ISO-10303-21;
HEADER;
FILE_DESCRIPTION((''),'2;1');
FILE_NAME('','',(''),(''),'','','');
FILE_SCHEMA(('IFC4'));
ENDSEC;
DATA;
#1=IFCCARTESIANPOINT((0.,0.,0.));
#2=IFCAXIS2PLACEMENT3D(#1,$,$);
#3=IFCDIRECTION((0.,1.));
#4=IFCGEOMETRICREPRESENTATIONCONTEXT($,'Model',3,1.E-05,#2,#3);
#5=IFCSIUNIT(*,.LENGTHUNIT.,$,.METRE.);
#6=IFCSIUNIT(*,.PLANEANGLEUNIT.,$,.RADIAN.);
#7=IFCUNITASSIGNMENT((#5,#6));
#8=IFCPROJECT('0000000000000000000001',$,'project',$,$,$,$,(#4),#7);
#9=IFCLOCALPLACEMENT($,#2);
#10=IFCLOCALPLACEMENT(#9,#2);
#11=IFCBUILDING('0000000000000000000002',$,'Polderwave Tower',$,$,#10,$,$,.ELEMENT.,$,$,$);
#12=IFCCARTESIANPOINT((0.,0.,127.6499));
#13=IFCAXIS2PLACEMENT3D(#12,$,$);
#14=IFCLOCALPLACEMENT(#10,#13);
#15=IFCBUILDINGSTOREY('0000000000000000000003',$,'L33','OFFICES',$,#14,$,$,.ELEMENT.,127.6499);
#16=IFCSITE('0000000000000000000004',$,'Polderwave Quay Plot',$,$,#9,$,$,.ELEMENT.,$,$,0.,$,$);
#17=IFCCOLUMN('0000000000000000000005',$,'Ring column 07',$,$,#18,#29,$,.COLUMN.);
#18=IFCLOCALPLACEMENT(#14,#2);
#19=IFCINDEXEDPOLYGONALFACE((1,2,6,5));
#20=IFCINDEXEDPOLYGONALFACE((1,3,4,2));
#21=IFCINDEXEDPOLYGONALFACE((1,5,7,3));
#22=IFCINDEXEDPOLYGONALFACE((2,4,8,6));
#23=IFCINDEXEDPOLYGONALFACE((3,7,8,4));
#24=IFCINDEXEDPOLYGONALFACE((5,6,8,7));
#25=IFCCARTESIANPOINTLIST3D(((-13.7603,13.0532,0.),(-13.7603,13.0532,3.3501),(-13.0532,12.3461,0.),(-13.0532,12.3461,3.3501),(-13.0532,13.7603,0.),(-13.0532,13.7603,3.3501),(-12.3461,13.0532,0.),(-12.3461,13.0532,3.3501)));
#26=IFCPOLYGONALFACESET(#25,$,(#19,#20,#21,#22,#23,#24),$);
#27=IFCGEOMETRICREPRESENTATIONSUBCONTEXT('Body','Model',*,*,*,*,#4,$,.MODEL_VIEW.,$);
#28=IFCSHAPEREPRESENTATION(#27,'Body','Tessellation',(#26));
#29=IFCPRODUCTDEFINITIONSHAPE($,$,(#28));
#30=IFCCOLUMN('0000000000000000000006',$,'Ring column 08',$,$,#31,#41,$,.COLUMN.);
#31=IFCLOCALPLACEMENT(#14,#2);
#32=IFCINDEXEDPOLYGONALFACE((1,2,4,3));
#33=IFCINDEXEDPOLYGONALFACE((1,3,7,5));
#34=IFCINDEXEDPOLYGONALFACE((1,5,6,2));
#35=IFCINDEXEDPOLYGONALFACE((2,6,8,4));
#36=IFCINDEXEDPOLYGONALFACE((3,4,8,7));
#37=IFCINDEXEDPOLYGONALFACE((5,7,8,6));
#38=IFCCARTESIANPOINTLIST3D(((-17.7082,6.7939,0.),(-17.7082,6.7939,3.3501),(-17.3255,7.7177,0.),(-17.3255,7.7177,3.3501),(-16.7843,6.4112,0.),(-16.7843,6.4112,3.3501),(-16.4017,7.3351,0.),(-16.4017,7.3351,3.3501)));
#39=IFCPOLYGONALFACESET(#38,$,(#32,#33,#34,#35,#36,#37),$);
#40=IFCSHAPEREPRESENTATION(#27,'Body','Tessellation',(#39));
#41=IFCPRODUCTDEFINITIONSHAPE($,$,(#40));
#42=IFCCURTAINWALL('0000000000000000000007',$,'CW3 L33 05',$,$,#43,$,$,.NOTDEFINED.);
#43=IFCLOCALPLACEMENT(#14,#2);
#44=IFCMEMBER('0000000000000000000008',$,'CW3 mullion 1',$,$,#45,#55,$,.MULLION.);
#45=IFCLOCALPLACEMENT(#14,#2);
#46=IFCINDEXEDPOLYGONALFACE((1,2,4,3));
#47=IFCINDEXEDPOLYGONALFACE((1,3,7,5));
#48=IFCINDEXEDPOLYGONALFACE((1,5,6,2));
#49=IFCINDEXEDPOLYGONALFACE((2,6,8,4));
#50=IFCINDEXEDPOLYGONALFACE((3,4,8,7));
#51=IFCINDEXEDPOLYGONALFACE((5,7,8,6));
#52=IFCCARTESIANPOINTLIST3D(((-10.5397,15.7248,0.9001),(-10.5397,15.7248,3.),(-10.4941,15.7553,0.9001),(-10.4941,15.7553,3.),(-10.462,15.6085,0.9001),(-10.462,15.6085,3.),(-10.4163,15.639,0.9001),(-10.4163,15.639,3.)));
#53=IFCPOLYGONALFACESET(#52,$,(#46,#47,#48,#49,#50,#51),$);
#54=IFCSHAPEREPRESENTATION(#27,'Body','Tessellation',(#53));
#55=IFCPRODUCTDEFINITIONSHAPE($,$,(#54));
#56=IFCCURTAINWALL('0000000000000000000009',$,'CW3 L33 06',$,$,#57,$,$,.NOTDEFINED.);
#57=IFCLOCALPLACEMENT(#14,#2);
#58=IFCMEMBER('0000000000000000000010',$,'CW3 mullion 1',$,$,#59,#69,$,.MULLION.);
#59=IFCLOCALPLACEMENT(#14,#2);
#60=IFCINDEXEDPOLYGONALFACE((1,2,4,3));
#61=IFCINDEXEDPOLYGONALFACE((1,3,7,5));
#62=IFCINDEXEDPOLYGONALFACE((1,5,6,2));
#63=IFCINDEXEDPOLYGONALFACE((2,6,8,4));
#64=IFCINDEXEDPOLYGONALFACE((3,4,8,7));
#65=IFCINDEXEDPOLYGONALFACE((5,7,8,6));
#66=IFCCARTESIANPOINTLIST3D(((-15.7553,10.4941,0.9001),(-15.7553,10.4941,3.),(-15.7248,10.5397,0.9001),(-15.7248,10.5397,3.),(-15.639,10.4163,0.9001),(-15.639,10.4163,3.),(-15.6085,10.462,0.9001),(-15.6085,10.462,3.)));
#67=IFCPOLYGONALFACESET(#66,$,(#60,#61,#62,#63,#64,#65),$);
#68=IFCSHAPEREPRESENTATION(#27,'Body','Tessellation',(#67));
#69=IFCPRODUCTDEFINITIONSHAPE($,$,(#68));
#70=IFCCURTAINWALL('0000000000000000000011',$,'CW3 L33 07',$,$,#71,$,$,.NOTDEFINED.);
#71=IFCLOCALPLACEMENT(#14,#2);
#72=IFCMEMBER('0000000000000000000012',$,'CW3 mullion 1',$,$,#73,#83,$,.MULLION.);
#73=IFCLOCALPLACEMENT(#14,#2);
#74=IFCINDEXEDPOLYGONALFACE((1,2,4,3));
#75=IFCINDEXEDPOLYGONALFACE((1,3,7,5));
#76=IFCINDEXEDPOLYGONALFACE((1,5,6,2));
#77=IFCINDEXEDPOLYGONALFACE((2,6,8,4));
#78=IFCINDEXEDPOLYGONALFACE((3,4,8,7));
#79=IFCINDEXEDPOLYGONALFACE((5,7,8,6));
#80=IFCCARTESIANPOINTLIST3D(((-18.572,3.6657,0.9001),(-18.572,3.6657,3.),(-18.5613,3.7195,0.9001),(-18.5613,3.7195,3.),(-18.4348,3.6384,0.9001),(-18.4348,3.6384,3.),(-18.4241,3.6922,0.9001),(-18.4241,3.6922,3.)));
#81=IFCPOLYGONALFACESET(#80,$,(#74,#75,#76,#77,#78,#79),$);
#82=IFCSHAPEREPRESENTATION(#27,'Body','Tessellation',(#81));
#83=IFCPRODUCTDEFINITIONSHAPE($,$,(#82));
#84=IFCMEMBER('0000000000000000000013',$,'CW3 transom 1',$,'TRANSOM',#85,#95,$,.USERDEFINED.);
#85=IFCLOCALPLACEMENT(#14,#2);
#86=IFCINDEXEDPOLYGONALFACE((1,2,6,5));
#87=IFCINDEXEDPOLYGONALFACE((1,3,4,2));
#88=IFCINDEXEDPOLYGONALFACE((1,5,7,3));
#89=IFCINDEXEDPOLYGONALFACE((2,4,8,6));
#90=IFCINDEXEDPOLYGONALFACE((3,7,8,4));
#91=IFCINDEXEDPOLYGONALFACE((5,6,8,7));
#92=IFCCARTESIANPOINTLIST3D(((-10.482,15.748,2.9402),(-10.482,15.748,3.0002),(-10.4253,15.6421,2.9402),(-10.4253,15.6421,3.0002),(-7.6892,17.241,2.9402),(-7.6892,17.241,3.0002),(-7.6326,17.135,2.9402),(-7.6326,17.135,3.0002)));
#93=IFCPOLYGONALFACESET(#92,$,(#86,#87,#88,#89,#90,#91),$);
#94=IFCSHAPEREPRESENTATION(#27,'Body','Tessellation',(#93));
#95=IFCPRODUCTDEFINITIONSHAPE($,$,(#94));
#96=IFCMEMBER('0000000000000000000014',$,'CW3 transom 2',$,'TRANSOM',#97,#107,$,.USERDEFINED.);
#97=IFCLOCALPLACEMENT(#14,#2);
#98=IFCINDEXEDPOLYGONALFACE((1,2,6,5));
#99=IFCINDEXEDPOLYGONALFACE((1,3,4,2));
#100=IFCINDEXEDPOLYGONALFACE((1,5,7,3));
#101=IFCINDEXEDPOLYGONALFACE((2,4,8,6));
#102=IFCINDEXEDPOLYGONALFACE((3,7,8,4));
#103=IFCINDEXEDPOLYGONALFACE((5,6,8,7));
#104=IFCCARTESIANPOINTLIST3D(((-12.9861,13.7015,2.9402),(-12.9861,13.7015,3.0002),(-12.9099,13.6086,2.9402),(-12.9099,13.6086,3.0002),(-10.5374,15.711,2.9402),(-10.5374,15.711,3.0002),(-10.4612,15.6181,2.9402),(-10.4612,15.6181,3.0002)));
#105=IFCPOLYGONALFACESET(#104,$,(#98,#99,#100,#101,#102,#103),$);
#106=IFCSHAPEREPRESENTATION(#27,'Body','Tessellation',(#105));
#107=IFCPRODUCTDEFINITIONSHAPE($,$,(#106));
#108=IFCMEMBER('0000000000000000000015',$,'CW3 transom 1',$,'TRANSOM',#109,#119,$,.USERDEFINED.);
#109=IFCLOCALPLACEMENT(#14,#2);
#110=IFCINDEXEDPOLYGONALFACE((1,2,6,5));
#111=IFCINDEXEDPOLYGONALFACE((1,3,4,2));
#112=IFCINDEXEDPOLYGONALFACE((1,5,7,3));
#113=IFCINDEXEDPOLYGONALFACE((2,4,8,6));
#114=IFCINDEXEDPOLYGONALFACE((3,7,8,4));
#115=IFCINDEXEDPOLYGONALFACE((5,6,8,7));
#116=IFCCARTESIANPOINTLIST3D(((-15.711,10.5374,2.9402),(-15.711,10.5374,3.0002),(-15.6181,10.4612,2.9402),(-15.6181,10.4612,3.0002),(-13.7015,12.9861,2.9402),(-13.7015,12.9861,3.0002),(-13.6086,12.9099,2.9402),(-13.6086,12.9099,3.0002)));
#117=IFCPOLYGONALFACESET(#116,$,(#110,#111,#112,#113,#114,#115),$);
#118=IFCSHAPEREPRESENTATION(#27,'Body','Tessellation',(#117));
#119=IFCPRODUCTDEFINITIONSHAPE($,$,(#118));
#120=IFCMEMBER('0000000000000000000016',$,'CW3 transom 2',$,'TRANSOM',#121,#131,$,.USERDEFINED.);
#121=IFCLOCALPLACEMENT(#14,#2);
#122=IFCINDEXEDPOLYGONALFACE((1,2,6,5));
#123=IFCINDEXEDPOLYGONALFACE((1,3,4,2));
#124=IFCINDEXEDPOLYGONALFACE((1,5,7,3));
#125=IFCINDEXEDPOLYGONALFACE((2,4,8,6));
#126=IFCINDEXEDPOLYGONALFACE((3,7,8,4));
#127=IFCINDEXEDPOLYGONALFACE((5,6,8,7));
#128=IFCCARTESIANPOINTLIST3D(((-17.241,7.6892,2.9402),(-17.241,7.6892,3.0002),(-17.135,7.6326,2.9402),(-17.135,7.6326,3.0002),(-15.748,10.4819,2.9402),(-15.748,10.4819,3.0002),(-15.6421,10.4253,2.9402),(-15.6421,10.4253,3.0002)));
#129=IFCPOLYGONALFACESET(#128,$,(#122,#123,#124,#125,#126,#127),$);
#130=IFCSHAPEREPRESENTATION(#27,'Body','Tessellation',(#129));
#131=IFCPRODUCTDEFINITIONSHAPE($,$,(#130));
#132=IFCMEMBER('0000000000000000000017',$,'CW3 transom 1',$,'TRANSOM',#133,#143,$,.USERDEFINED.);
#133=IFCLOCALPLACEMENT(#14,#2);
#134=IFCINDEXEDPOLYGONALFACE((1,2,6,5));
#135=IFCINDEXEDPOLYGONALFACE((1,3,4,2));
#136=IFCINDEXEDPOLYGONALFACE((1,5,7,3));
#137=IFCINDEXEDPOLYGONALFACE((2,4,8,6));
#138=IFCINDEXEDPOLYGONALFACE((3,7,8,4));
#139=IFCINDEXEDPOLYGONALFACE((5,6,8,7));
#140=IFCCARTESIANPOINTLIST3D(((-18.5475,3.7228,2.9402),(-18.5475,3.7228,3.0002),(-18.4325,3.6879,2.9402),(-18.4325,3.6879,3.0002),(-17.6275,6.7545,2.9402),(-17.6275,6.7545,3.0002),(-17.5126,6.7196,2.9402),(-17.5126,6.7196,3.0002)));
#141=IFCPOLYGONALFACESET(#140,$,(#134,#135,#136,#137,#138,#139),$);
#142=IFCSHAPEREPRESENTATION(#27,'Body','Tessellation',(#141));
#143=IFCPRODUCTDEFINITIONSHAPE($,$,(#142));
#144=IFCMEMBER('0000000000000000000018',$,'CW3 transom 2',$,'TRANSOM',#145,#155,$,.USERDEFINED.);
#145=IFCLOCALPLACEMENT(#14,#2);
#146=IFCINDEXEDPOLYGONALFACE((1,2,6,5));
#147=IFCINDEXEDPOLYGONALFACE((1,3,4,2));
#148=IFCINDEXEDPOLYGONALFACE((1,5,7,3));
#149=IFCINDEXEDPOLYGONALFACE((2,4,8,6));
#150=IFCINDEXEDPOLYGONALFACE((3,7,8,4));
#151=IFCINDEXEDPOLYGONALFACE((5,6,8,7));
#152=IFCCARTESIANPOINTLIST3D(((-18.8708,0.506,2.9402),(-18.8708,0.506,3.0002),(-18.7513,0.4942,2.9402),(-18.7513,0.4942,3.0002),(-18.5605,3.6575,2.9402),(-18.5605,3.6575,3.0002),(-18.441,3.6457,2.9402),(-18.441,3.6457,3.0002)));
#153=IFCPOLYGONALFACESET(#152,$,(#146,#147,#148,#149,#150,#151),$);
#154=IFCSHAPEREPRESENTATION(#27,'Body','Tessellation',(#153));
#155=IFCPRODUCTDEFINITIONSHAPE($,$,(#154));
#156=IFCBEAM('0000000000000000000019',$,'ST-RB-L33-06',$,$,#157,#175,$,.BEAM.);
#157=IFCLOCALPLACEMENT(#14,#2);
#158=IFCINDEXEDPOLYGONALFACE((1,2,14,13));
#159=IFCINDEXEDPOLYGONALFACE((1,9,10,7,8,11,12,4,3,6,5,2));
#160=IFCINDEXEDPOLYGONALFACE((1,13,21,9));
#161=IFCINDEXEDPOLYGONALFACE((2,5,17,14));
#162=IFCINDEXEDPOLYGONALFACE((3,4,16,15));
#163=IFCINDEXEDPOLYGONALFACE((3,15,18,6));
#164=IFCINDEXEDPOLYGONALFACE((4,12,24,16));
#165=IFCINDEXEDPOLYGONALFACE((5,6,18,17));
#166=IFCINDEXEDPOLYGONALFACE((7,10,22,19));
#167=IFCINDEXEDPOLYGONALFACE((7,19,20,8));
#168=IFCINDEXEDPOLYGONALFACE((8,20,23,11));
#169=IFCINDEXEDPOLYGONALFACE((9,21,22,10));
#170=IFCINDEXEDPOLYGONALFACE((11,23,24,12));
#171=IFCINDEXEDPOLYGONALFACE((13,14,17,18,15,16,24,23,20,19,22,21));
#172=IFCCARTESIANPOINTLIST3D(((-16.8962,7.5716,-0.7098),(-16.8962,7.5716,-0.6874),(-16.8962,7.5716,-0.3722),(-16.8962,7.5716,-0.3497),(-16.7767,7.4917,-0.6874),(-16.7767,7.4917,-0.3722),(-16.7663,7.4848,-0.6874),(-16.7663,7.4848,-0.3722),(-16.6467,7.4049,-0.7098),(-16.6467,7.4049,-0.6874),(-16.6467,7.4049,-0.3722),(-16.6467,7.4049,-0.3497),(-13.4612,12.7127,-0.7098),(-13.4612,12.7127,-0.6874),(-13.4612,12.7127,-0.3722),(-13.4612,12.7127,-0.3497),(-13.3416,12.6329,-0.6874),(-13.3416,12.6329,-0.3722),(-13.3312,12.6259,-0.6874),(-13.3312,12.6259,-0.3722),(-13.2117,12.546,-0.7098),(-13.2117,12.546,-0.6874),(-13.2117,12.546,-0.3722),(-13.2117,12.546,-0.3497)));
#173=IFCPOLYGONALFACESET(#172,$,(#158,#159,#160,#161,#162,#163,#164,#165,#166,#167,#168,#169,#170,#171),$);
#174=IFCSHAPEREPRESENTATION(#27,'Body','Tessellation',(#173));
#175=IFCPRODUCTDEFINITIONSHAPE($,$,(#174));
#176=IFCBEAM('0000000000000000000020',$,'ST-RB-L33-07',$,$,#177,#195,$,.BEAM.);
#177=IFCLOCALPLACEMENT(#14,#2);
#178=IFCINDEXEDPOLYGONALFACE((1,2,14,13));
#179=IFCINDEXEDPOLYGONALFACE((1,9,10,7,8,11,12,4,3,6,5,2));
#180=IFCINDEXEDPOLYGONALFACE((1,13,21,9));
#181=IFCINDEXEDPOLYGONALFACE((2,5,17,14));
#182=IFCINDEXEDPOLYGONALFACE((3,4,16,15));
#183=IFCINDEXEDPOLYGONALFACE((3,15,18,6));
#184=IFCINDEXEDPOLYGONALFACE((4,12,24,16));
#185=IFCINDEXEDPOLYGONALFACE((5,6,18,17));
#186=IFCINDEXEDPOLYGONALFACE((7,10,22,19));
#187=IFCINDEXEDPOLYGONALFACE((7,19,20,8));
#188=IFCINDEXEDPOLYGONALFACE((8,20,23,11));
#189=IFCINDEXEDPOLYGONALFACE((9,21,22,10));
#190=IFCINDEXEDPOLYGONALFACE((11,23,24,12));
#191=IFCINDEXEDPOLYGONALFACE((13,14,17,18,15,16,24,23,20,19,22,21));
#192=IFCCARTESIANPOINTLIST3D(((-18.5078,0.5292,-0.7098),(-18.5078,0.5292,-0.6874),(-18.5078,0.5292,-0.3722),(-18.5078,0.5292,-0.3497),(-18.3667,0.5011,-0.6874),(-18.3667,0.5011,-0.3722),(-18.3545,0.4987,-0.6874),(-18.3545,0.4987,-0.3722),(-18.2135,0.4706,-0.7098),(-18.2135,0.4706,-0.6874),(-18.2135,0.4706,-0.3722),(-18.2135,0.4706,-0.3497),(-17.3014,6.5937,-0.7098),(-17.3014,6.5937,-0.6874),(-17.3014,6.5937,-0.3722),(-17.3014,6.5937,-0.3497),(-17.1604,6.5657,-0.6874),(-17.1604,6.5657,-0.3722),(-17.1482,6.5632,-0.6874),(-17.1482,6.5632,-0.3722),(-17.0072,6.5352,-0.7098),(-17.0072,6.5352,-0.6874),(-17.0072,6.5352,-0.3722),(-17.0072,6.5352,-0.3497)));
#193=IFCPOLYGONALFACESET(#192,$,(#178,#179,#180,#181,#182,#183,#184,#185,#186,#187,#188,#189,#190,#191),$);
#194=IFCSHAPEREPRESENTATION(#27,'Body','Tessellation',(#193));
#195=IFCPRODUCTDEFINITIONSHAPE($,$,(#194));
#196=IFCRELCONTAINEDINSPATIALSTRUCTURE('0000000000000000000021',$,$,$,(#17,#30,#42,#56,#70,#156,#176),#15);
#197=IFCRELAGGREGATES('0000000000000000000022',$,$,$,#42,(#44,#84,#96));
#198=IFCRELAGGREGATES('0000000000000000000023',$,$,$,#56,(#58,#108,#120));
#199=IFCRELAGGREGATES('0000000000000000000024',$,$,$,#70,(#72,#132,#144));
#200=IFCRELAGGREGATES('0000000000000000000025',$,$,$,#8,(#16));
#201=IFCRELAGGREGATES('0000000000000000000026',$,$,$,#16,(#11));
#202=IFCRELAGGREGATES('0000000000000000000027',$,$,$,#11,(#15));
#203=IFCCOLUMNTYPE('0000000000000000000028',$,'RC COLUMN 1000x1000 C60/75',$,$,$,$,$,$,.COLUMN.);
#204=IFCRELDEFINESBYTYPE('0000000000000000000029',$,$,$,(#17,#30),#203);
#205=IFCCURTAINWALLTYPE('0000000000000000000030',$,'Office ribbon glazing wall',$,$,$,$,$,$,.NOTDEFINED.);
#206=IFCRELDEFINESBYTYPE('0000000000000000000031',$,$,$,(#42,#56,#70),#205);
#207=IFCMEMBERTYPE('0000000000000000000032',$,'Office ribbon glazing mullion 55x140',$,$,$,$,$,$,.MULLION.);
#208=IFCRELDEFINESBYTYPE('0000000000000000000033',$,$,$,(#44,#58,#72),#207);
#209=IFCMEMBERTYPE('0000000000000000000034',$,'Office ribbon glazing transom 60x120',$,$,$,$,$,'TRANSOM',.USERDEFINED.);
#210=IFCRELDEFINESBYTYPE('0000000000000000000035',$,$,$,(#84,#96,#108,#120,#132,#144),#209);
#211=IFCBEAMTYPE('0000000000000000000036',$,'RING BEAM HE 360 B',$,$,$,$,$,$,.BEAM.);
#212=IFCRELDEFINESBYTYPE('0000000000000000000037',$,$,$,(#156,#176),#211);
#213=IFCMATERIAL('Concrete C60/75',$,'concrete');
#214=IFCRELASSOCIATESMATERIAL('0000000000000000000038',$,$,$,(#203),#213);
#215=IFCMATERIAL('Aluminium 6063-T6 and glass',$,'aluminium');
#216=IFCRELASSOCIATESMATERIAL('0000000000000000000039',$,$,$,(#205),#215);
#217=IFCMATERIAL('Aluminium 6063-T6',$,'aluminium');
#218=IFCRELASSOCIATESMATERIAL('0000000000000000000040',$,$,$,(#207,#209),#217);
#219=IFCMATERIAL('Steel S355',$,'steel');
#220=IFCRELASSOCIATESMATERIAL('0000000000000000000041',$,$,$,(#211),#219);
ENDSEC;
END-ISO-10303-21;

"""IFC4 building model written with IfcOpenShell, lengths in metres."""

from ifc_helpers import new_model, si_unit, direction, frame, origin, origin_2d, place, context, subcontext, project, spatial, rectangle, i_section, extrude, material, material_profile, profile_set, type_object, element, aggregate, save


model = new_model("IFC4")

# Units and contexts
model_context = context("Model", 3, precision=1e-05, world=origin(), true_north=direction((0.0, 1.0)))
body_context = subcontext(model_context, "Body", "Model", "MODEL_VIEW")
ifc_project = project(units=[si_unit("LENGTHUNIT", "METRE"), si_unit("PLANEANGLEUNIT", "RADIAN")], contexts=[model_context])

# Site, building, storey
site_placement = place(None, origin())
site = spatial("IfcSite", under=ifc_project, at=site_placement, Name="Polderwave Quay Plot", CompositionType="ELEMENT", RefElevation=0.0)
building_placement = place(site_placement, origin())
building = spatial("IfcBuilding", under=site, at=building_placement, Name="Polderwave Tower", CompositionType="ELEMENT")
storey_placement = place(building_placement, frame((0.0, 0.0, 127.6499)))
storey = spatial("IfcBuildingStorey", under=building, at=storey_placement, Name="L33", Description="OFFICES", CompositionType="ELEMENT", Elevation=127.6499)

# Columns
ifc_material_1 = material(Name="Concrete C60/75", Category="concrete")
ifc_material_profile_1 = material_profile(ifc_material_1, rectangle(XDim=1.0, YDim=1.0, at=origin_2d()), Name="RC 1000x1000")
ifc_profile_set_1 = profile_set([ifc_material_profile_1], Name="Concrete C60/75")
column_type = type_object("IfcColumnType", Name="RC COLUMN 1000x1000 C60/75", PredefinedType="COLUMN", material=ifc_profile_set_1)
for number, where, z_axis, x_axis, name in (
    (1, (-13.0532, 13.0532, 0.0), (0.0, 0.0, 1.0), (-0.707107, 0.707107, 0.0), "Ring column 07"),
    (2, (-17.0549, 7.0645, 0.0), (0.0, 0.0, 1.0), (-0.92388, 0.382683, 0.0), "Ring column 08"),
):
    element("IfcColumn", number, at=place(storey_placement, frame(where, z_axis=z_axis, x_axis=x_axis)), inside=storey, type_object=column_type, Name=name, PredefinedType="COLUMN", context=body_context, shape_type="SweptSolid", body=[
        extrude(rectangle(XDim=1.0, YDim=1.0, at=origin_2d()), origin(), (0.0, 0.0, 1.0), 3.3501),
    ])

# Curtain walls, members
ifc_material_2 = material(Name="Aluminium 6063-T6 and glass", Category="aluminium")
curtain_wall_type = type_object("IfcCurtainWallType", Name="Office ribbon glazing wall", PredefinedType="NOTDEFINED", material=ifc_material_2)
curtain_wall_1_placement = place(storey_placement, origin())
curtain_wall_1 = element("IfcCurtainWall", 3, at=curtain_wall_1_placement, inside=storey, type_object=curtain_wall_type, Name="CW3 L33 05", PredefinedType="NOTDEFINED")
ifc_material_3 = material(Name="Aluminium 6063-T6", Category="aluminium")
ifc_material_profile_2 = material_profile(ifc_material_3, rectangle(XDim=0.1399, YDim=0.0549, at=origin_2d()), Name="AL 55x140")
ifc_profile_set_2 = profile_set([ifc_material_profile_2], Name="Aluminium 6063-T6")
member_type_1 = type_object("IfcMemberType", Name="Office ribbon glazing mullion 55x140", PredefinedType="MULLION", material=ifc_profile_set_2)
member_1_placement = place(storey_placement, frame((-10.478, 15.6819, 0.9001), z_axis=(0.0, 0.0, 1.0), x_axis=(0.555595, -0.831453, 0.0)))
member_1 = element("IfcMember", 4, at=member_1_placement, type_object=member_type_1, Name="CW3 mullion 1", PredefinedType="MULLION", context=body_context, shape_type="SweptSolid", body=[
    extrude(rectangle(XDim=0.1399, YDim=0.0549, at=origin_2d()), origin(), (0.0, 0.0, 1.0), 2.0999),
])
curtain_wall_2_placement = place(storey_placement, origin())
curtain_wall_2 = element("IfcCurtainWall", 5, at=curtain_wall_2_placement, inside=storey, type_object=curtain_wall_type, Name="CW3 L33 06", PredefinedType="NOTDEFINED")
member_2_placement = place(storey_placement, frame((-15.6819, 10.478, 0.9001), z_axis=(0.0, 0.0, 1.0), x_axis=(0.831453, -0.555595, 0.0)))
member_2 = element("IfcMember", 6, at=member_2_placement, type_object=member_type_1, Name="CW3 mullion 1", PredefinedType="MULLION", context=body_context, shape_type="SweptSolid", body=[
    extrude(rectangle(XDim=0.1399, YDim=0.0549, at=origin_2d()), origin(), (0.0, 0.0, 1.0), 2.0999),
])
curtain_wall_3_placement = place(storey_placement, origin())
curtain_wall_3 = element("IfcCurtainWall", 7, at=curtain_wall_3_placement, inside=storey, type_object=curtain_wall_type, Name="CW3 L33 07", PredefinedType="NOTDEFINED")
member_3_placement = place(storey_placement, frame((-18.498, 3.679, 0.9001), z_axis=(0.0, 0.0, 1.0), x_axis=(0.980778, -0.195128, 0.0)))
member_3 = element("IfcMember", 8, at=member_3_placement, type_object=member_type_1, Name="CW3 mullion 1", PredefinedType="MULLION", context=body_context, shape_type="SweptSolid", body=[
    extrude(rectangle(XDim=0.1399, YDim=0.0549, at=origin_2d()), origin(), (0.0, 0.0, 1.0), 2.0999),
])

# Members
ifc_material_profile_3 = material_profile(ifc_material_3, rectangle(XDim=0.1201, YDim=0.0601, at=origin_2d()), Name="AL 60x120")
ifc_profile_set_3 = profile_set([ifc_material_profile_3], Name="Aluminium 6063-T6")
member_type_2 = type_object("IfcMemberType", Name="Office ribbon glazing transom 60x120", ElementType="TRANSOM", PredefinedType="USERDEFINED", material=ifc_profile_set_3)
member_4_placement = place(storey_placement, frame((-7.6609, 17.188, 2.9702), z_axis=(-0.881898, -0.47144, 0.0), x_axis=(0.47144, -0.881898, 0.0)))
member_4 = element("IfcMember", 9, at=member_4_placement, type_object=member_type_2, Name="CW3 transom 1", ObjectType="TRANSOM", PredefinedType="USERDEFINED", context=body_context, shape_type="SweptSolid", body=[
    extrude(rectangle(XDim=0.1201, YDim=0.0601, at=origin_2d()), origin(), (0.0, 0.0, 1.0), 3.1667),
])
member_5_placement = place(storey_placement, frame((-10.4993, 15.6646, 2.9702), z_axis=(-0.773026, -0.634374, 0.0), x_axis=(0.634374, -0.773026, 0.0)))
member_5 = element("IfcMember", 10, at=member_5_placement, type_object=member_type_2, Name="CW3 transom 2", ObjectType="TRANSOM", PredefinedType="USERDEFINED", context=body_context, shape_type="SweptSolid", body=[
    extrude(rectangle(XDim=0.1201, YDim=0.0601, at=origin_2d()), origin(), (0.0, 0.0, 1.0), 3.1677),
])
member_6_placement = place(storey_placement, frame((-13.655, 12.948, 2.9702), z_axis=(-0.634374, -0.773026, 0.0), x_axis=(0.773026, -0.634374, 0.0)))
member_6 = element("IfcMember", 11, at=member_6_placement, type_object=member_type_2, Name="CW3 transom 1", ObjectType="TRANSOM", PredefinedType="USERDEFINED", context=body_context, shape_type="SweptSolid", body=[
    extrude(rectangle(XDim=0.1201, YDim=0.0601, at=origin_2d()), origin(), (0.0, 0.0, 1.0), 3.1677),
])
member_7_placement = place(storey_placement, frame((-15.6951, 10.4536, 2.9702), z_axis=(-0.47144, -0.881898, 0.0), x_axis=(0.881898, -0.47144, 0.0)))
member_7 = element("IfcMember", 12, at=member_7_placement, type_object=member_type_2, Name="CW3 transom 2", ObjectType="TRANSOM", PredefinedType="USERDEFINED", context=body_context, shape_type="SweptSolid", body=[
    extrude(rectangle(XDim=0.1201, YDim=0.0601, at=origin_2d()), origin(), (0.0, 0.0, 1.0), 3.1667),
])
member_8_placement = place(storey_placement, frame((-17.5701, 6.7371, 2.9702), z_axis=(-0.290358, -0.956918, 0.0), x_axis=(0.956918, -0.290358, 0.0)))
member_8 = element("IfcMember", 13, at=member_8_placement, type_object=member_type_2, Name="CW3 transom 1", ObjectType="TRANSOM", PredefinedType="USERDEFINED", context=body_context, shape_type="SweptSolid", body=[
    extrude(rectangle(XDim=0.1201, YDim=0.0601, at=origin_2d()), origin(), (0.0, 0.0, 1.0), 3.1682),
])
member_9_placement = place(storey_placement, frame((-18.5007, 3.6516, 2.9702), z_axis=(-0.097985, -0.995188, 0.0), x_axis=(0.995188, -0.097985, 0.0)))
member_9 = element("IfcMember", 14, at=member_9_placement, type_object=member_type_2, Name="CW3 transom 2", ObjectType="TRANSOM", PredefinedType="USERDEFINED", context=body_context, shape_type="SweptSolid", body=[
    extrude(rectangle(XDim=0.1201, YDim=0.0601, at=origin_2d()), origin(), (0.0, 0.0, 1.0), 3.1667),
])

# Beams
ifc_material_4 = material(Name="Steel S355", Category="steel")
ifc_material_profile_4 = material_profile(ifc_material_4, i_section(OverallWidth=0.3, OverallDepth=0.3601, WebThickness=0.0125, FlangeThickness=0.0225, at=origin_2d()), Name="HE 360 B")
ifc_profile_set_4 = profile_set([ifc_material_profile_4], Name="Steel S355")
beam_type = type_object("IfcBeamType", Name="RING BEAM HE 360 B", PredefinedType="BEAM", material=ifc_profile_set_4)
beam_1_placement = place(storey_placement, frame((-13.3364, 12.6294, -0.5298), z_axis=(-0.555556, -0.831479, 0.0), x_axis=(0.831479, -0.555556, 0.0)))
element("IfcBeam", 15, at=beam_1_placement, inside=storey, type_object=beam_type, Name="ST-RB-L33-06", PredefinedType="BEAM", context=body_context, shape_type="SweptSolid", body=[
    extrude(i_section(OverallWidth=0.3, OverallDepth=0.3601, WebThickness=0.0125, FlangeThickness=0.0225, at=origin_2d()), origin(), (0.0, 0.0, 1.0), 6.1831),
])
beam_2_placement = place(storey_placement, frame((-17.1543, 6.5645, -0.5298), z_axis=(-0.195091, -0.980785, 0.0), x_axis=(0.980785, -0.195091, 0.0)))
element("IfcBeam", 16, at=beam_2_placement, inside=storey, type_object=beam_type, Name="ST-RB-L33-07", PredefinedType="BEAM", context=body_context, shape_type="SweptSolid", body=[
    extrude(i_section(OverallWidth=0.3, OverallDepth=0.3601, WebThickness=0.0125, FlangeThickness=0.0225, at=origin_2d()), origin(), (0.0, 0.0, 1.0), 6.1833),
])

aggregate(curtain_wall_1, [member_1, member_4, member_5])
aggregate(curtain_wall_2, [member_2, member_6, member_7])
aggregate(curtain_wall_3, [member_3, member_8, member_9])

save(model, "model.ifc")
